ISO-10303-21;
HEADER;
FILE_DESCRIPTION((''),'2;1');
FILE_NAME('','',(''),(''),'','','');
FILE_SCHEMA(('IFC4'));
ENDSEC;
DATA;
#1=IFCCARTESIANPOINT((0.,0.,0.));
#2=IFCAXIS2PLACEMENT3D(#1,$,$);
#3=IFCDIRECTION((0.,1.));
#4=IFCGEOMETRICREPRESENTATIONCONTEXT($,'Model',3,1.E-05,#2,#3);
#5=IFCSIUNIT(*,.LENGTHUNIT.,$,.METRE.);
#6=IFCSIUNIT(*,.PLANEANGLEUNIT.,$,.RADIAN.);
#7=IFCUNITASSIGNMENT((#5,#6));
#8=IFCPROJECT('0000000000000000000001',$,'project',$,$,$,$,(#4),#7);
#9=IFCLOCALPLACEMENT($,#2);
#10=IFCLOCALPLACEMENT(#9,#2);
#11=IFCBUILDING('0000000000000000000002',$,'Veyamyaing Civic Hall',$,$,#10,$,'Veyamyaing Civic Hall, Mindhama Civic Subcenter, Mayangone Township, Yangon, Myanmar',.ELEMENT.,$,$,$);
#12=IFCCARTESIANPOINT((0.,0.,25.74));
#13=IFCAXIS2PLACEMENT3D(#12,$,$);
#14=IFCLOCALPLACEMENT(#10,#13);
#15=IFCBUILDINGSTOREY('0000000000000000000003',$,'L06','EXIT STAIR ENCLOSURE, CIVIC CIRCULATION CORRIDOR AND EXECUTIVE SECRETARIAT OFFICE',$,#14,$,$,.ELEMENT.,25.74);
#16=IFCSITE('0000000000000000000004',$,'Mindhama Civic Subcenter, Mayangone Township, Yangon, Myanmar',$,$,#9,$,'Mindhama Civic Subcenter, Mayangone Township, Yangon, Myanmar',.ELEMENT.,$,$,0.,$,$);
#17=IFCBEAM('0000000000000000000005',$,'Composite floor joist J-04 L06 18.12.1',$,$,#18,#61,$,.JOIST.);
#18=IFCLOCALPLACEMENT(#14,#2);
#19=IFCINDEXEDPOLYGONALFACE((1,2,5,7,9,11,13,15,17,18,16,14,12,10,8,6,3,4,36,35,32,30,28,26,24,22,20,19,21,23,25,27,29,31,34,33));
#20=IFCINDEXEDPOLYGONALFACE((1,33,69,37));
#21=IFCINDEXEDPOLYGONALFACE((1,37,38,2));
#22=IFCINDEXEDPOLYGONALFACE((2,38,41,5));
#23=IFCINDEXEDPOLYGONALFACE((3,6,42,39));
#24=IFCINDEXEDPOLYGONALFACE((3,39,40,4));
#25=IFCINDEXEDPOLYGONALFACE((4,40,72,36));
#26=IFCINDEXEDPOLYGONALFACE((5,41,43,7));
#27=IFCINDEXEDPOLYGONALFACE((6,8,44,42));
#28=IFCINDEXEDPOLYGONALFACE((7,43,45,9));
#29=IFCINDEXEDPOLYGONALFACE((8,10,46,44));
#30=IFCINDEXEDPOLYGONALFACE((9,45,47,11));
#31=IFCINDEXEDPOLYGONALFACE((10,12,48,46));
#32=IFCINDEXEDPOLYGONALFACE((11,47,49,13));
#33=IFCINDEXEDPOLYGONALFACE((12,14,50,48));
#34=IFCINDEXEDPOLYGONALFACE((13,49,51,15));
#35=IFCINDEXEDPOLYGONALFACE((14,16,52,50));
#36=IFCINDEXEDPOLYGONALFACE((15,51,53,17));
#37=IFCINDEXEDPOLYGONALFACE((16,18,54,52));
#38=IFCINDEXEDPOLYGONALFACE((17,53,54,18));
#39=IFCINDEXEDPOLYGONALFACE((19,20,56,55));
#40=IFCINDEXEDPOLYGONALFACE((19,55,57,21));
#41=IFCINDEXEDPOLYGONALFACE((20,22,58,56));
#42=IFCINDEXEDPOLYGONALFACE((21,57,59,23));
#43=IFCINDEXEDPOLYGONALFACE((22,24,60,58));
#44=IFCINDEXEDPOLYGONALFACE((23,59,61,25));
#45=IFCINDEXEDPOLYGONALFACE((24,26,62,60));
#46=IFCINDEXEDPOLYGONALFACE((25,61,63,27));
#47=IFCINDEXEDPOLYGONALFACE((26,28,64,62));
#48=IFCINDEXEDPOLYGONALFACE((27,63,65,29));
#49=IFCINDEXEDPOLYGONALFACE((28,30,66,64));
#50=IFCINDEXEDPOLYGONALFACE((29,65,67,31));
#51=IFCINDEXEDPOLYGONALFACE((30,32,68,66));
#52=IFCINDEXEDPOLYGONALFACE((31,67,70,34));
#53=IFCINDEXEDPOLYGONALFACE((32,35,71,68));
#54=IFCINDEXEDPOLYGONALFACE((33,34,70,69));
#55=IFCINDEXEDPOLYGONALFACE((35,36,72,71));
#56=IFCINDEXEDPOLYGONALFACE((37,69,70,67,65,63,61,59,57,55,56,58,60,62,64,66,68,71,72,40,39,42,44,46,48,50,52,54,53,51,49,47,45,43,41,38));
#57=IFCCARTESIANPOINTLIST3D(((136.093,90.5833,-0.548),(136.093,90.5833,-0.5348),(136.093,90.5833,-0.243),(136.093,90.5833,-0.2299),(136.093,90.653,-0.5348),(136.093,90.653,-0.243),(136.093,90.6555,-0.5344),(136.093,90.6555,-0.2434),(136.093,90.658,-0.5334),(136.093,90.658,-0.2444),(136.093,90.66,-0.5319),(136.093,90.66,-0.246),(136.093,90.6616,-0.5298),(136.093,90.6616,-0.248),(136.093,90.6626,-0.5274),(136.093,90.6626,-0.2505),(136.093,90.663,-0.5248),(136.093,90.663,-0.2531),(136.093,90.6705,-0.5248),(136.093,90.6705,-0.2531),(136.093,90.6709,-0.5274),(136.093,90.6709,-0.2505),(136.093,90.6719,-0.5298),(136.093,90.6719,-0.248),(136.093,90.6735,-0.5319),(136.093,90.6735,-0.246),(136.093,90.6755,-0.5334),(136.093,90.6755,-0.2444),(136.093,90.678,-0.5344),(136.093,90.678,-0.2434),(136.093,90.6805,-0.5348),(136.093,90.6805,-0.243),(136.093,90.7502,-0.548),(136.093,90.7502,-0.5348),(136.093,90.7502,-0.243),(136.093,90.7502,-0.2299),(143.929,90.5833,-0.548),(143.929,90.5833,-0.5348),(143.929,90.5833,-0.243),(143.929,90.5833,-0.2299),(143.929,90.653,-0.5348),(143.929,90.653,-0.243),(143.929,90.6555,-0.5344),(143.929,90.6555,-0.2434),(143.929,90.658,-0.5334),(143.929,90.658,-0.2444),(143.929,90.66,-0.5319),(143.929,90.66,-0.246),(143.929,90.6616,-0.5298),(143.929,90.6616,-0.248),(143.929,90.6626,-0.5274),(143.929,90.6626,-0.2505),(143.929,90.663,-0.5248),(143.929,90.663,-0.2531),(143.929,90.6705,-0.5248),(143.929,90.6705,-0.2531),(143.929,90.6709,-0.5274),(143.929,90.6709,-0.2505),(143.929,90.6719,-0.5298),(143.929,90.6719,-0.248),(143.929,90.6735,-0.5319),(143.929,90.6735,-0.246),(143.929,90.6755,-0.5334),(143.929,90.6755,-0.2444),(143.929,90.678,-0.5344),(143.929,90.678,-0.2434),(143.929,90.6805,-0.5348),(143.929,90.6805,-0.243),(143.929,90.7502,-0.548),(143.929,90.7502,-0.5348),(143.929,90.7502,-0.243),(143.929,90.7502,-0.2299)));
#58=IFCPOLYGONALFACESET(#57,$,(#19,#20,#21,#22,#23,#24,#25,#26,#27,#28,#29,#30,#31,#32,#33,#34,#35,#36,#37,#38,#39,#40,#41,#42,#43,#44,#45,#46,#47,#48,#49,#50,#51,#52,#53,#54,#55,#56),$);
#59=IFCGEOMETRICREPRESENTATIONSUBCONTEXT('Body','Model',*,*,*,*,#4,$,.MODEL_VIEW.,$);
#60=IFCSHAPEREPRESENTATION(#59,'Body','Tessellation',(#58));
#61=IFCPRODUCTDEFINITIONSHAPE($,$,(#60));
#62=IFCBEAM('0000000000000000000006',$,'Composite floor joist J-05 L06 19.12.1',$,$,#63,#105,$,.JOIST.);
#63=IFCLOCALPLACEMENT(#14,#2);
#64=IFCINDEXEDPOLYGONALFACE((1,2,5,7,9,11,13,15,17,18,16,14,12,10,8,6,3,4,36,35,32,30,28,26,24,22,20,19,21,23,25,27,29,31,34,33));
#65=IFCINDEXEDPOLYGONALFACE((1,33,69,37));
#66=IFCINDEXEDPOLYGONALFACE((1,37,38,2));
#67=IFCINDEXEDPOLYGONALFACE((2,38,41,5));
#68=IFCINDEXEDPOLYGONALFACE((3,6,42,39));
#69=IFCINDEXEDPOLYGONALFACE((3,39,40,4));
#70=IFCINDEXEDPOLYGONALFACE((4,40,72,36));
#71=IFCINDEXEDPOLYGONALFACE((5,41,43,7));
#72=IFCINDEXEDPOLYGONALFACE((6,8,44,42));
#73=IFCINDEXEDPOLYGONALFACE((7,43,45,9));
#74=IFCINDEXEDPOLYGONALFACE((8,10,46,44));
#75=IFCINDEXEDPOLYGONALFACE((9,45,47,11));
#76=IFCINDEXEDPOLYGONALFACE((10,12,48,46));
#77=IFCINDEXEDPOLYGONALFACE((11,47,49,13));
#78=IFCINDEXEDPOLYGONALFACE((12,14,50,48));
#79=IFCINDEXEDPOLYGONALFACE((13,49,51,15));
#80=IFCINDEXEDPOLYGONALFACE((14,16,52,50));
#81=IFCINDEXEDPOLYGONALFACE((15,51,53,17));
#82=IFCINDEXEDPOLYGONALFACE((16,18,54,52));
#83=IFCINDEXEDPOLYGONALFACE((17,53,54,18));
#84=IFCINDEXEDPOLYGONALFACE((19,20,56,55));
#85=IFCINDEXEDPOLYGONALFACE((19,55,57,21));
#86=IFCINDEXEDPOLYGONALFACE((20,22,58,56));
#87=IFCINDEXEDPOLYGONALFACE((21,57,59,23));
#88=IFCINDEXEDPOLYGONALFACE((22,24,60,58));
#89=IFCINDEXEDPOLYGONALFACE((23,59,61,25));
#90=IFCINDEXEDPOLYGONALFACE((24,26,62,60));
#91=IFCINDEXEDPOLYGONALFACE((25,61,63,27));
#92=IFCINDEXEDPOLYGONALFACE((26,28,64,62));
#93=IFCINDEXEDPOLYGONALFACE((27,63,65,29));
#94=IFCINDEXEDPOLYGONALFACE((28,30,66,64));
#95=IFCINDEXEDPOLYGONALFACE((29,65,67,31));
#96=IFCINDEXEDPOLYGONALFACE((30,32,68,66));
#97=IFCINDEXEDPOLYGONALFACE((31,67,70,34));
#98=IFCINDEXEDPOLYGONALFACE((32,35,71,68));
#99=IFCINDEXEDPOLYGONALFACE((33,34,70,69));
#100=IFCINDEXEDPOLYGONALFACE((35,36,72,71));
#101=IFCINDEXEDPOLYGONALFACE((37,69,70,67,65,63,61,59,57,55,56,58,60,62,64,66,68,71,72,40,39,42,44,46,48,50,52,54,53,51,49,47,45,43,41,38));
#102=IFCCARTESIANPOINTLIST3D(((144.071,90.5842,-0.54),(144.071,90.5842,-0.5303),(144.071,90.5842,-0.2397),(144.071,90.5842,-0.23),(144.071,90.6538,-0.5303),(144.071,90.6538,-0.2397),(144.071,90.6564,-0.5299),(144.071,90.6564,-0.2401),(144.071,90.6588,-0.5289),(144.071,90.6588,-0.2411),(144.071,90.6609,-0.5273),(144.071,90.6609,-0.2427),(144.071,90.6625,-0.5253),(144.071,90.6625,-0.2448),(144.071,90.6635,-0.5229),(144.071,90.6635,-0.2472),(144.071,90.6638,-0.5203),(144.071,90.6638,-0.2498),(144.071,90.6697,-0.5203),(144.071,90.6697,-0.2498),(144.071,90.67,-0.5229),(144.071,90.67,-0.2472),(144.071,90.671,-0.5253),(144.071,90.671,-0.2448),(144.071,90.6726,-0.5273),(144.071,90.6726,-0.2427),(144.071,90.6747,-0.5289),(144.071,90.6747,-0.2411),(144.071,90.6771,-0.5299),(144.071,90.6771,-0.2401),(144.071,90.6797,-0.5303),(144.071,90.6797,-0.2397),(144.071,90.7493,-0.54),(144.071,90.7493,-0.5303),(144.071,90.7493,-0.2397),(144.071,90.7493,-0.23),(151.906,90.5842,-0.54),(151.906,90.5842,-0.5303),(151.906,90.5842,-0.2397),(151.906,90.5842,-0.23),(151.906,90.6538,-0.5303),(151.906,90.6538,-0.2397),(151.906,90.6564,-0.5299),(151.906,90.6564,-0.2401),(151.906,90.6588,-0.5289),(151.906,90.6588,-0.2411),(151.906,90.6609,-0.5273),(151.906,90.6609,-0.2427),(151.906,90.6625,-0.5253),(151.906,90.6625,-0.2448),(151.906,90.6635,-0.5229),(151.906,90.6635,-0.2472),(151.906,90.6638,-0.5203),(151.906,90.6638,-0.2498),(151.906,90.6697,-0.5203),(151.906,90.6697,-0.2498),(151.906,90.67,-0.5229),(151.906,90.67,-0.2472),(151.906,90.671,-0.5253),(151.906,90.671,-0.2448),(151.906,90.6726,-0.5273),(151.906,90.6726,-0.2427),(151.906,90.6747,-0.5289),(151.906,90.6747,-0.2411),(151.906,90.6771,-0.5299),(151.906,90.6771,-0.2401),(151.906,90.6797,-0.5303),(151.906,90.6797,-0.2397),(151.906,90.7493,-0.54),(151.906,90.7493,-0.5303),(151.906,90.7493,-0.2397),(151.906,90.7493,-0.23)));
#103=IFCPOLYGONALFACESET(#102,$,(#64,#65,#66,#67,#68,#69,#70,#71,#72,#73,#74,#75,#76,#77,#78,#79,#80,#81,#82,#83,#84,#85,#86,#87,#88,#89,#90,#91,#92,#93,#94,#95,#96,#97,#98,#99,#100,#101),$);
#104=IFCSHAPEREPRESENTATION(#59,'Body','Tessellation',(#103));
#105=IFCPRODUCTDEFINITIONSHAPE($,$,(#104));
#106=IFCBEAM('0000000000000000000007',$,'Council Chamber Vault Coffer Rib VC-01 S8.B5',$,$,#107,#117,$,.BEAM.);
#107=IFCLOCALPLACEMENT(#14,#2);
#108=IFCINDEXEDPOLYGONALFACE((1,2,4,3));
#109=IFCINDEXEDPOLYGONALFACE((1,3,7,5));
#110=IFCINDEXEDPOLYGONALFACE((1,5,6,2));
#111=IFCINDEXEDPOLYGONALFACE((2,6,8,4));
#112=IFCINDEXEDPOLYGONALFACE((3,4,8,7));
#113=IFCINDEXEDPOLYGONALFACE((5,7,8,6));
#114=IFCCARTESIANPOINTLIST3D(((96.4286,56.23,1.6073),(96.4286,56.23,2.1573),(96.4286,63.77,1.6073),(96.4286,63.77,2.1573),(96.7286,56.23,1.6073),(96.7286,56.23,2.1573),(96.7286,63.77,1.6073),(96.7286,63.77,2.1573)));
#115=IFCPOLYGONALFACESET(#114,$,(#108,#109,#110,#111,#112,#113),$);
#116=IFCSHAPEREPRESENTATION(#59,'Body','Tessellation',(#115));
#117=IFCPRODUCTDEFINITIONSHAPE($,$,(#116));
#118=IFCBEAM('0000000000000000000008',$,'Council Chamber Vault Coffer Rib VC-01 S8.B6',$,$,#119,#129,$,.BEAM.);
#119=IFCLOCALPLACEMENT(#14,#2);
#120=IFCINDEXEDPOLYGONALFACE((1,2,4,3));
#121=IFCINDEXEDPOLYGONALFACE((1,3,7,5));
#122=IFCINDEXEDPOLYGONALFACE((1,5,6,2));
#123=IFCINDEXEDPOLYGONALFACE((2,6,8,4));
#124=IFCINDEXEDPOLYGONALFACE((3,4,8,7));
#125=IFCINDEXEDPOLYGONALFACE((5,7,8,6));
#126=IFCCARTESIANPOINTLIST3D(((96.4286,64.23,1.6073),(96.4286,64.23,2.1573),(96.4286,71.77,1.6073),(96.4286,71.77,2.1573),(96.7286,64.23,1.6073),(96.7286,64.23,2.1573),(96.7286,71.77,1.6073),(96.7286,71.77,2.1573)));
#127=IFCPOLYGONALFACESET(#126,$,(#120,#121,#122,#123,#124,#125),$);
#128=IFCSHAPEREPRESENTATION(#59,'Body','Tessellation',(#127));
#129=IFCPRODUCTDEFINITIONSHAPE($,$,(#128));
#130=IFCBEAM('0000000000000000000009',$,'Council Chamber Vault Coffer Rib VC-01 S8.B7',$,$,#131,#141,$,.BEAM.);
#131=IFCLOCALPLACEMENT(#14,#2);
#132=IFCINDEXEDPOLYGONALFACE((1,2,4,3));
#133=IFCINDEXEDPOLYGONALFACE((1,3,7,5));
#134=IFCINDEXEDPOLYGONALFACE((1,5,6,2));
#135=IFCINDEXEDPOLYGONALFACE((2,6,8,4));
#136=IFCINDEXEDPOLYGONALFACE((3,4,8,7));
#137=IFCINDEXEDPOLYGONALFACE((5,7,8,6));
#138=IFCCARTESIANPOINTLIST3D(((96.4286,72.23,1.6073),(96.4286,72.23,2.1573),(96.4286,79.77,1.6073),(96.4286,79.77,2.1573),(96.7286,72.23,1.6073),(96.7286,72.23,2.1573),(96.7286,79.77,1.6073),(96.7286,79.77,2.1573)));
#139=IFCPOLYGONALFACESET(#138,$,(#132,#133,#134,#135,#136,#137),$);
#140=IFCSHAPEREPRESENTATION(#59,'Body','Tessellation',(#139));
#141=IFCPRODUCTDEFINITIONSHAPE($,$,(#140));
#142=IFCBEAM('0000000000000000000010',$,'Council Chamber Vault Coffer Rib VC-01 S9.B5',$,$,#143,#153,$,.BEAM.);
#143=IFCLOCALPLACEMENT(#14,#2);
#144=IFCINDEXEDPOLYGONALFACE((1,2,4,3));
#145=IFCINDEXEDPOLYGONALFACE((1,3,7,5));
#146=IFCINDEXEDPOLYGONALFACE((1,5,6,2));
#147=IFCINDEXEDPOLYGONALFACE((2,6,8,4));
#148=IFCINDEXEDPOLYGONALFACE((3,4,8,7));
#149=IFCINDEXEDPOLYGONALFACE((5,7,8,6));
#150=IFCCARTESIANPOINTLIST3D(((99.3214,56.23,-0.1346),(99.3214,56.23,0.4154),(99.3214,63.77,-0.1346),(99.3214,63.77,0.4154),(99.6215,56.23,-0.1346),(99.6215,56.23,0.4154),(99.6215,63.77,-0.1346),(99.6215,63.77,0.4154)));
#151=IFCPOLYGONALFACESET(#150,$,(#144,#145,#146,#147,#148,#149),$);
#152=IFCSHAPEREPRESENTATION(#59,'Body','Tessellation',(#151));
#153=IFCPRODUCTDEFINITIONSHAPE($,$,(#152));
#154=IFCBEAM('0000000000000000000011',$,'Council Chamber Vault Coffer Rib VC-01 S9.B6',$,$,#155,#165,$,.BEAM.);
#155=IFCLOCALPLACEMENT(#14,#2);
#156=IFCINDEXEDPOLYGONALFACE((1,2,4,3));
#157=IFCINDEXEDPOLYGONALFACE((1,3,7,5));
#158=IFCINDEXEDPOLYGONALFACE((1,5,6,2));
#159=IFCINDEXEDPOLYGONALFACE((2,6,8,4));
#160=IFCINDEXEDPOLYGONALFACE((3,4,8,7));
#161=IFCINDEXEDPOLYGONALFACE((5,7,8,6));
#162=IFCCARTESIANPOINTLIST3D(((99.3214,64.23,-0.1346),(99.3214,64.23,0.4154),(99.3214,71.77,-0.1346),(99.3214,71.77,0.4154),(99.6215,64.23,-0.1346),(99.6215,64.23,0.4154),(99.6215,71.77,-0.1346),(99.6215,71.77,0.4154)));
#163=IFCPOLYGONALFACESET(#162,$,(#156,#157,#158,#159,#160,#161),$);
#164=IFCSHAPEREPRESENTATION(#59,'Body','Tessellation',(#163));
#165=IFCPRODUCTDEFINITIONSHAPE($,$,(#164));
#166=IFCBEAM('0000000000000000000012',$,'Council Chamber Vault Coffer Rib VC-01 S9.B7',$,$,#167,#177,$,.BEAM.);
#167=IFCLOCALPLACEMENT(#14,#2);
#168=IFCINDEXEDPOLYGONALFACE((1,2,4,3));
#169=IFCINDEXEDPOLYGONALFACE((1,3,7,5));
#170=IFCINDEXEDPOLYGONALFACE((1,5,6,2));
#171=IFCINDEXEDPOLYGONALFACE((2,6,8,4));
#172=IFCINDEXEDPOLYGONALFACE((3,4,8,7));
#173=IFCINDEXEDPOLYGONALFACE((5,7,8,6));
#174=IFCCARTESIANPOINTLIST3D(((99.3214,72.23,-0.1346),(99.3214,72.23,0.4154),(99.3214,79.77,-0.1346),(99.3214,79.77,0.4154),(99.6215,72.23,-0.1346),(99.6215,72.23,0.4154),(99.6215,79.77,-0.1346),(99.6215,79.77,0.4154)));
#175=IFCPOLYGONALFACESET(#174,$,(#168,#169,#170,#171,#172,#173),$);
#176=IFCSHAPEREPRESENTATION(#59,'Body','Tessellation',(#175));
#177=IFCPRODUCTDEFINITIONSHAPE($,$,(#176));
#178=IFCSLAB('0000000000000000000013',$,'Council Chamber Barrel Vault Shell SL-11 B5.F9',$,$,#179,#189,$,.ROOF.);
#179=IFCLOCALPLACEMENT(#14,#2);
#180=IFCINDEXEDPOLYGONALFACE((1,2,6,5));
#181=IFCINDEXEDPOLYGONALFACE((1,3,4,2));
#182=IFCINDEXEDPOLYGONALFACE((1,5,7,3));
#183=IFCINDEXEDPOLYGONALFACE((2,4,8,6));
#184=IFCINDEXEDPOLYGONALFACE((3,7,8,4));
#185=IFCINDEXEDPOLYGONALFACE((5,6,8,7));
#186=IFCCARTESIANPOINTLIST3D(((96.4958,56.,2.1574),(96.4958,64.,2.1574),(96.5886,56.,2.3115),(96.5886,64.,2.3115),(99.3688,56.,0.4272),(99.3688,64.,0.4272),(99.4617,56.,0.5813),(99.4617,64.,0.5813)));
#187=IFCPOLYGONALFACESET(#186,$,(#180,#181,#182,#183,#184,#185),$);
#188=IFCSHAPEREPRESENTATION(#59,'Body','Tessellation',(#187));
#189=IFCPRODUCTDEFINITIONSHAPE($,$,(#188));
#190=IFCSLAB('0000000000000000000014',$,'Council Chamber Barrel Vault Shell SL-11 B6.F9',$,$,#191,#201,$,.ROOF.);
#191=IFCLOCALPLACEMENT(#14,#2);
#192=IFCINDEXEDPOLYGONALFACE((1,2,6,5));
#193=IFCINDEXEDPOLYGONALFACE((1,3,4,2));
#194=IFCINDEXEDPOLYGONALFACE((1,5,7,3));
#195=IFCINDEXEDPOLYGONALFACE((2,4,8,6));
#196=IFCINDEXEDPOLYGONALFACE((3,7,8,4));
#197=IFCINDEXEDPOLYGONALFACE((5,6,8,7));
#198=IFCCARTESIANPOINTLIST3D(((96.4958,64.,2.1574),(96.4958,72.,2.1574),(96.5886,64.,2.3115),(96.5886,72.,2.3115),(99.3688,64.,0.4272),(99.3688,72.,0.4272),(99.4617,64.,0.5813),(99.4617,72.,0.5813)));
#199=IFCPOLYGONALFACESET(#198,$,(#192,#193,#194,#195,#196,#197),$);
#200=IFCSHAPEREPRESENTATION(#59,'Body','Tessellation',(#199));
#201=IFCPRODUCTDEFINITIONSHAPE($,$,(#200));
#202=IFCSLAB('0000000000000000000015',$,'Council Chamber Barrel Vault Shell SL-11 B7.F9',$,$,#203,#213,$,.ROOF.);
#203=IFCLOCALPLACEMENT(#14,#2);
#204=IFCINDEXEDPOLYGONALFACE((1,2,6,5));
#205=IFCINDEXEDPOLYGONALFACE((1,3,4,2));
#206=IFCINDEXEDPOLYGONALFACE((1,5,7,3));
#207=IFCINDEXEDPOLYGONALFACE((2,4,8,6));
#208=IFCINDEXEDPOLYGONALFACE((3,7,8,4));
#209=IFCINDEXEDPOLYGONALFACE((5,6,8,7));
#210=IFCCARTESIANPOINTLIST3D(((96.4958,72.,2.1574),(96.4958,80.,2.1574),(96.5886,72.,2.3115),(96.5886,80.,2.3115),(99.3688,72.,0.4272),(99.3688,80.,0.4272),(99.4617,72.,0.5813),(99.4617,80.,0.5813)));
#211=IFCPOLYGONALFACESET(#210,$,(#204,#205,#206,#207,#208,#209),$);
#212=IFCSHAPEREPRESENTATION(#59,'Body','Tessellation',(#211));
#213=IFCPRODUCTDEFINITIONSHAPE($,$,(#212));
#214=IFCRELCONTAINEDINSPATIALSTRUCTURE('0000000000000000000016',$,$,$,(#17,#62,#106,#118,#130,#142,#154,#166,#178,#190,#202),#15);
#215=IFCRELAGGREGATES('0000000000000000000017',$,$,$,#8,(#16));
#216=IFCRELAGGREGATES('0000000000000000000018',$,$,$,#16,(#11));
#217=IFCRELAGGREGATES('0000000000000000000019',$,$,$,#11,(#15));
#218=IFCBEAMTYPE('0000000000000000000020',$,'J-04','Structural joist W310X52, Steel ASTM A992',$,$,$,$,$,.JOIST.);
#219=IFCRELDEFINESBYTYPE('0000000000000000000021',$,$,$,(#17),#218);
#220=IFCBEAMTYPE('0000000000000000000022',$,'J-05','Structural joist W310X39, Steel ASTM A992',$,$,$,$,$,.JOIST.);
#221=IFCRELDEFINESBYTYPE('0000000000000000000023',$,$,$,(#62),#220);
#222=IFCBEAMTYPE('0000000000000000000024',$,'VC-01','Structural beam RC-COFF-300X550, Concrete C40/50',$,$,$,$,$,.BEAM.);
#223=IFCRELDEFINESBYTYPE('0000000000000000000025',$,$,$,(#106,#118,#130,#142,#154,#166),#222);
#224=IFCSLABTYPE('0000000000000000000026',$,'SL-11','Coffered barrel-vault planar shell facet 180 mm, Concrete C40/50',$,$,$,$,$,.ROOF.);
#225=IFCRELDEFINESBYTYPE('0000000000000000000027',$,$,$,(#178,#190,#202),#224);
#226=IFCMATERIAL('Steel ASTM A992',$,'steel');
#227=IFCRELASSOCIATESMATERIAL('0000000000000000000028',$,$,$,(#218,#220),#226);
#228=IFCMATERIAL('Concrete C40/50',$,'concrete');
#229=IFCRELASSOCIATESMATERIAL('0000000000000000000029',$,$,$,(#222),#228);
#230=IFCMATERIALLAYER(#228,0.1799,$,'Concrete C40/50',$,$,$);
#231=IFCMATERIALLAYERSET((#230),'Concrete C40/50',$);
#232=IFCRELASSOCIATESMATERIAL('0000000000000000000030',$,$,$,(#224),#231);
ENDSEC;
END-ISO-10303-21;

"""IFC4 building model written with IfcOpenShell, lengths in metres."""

from ifc_helpers import new_model, si_unit, direction, frame, origin, origin_2d, place, context, subcontext, project, spatial, polyline, rectangle, i_section, outline, extrude, material, layer, layer_set, material_profile, profile_set, type_object, element, save


model = new_model("IFC4")

# Units and contexts
model_context = context("Model", 3, precision=1e-05, world=origin(), true_north=direction((0.0, 1.0)))
body_context = subcontext(model_context, "Body", "Model", "MODEL_VIEW")
ifc_project = project(units=[si_unit("LENGTHUNIT", "METRE"), si_unit("PLANEANGLEUNIT", "RADIAN")], contexts=[model_context])

# Site, building, storey
site_placement = place(None, origin())
site = spatial("IfcSite", under=ifc_project, at=site_placement, Name="Mindhama Civic Subcenter, Mayangone Township, Yangon, Myanmar", LongName="Mindhama Civic Subcenter, Mayangone Township, Yangon, Myanmar", CompositionType="ELEMENT", RefElevation=0.0)
building_placement = place(site_placement, origin())
building = spatial("IfcBuilding", under=site, at=building_placement, Name="Veyamyaing Civic Hall", LongName="Veyamyaing Civic Hall, Mindhama Civic Subcenter, Mayangone Township, Yangon, Myanmar", CompositionType="ELEMENT")
storey_placement = place(building_placement, frame((0.0, 0.0, 25.74)))
storey = spatial("IfcBuildingStorey", under=building, at=storey_placement, Name="L06", Description="EXIT STAIR ENCLOSURE, CIVIC CIRCULATION CORRIDOR AND EXECUTIVE SECRETARIAT OFFICE", CompositionType="ELEMENT", Elevation=25.74)

# Beams
ifc_material_1 = material(Name="Steel ASTM A992", Category="steel")
ifc_material_profile_1 = material_profile(ifc_material_1, i_section(OverallWidth=0.167, OverallDepth=0.3181, WebThickness=0.0076, FlangeThickness=0.0132, FilletRadius=0.01, at=origin_2d()), Name="W310X52")
ifc_profile_set_1 = profile_set([ifc_material_profile_1], Name="Steel ASTM A992")
beam_type_1 = type_object("IfcBeamType", Name="J-04", Description="Structural joist W310X52, Steel ASTM A992", PredefinedType="JOIST", material=ifc_profile_set_1)
beam_1_placement = place(storey_placement, frame((136.093, 90.6667, -0.3889), z_axis=(1.0, 0.0, 0.0), x_axis=(0.0, 1.0, 0.0)))
element("IfcBeam", 1, at=beam_1_placement, inside=storey, type_object=beam_type_1, Name="Composite floor joist J-04 L06 18.12.1", PredefinedType="JOIST", context=body_context, shape_type="SweptSolid", body=[
    extrude(i_section(OverallWidth=0.167, OverallDepth=0.3181, WebThickness=0.0076, FlangeThickness=0.0132, FilletRadius=0.01, at=origin_2d()), origin(), (0.0, 0.0, 1.0), 7.8359),
])
ifc_material_profile_2 = material_profile(ifc_material_1, i_section(OverallWidth=0.165, OverallDepth=0.3101, WebThickness=0.0059, FlangeThickness=0.0098, FilletRadius=0.01, at=origin_2d()), Name="W310X39")
ifc_profile_set_2 = profile_set([ifc_material_profile_2], Name="Steel ASTM A992")
beam_type_2 = type_object("IfcBeamType", Name="J-05", Description="Structural joist W310X39, Steel ASTM A992", PredefinedType="JOIST", material=ifc_profile_set_2)
beam_2_placement = place(storey_placement, frame((144.071, 90.6667, -0.385), z_axis=(1.0, 0.0, 0.0), x_axis=(0.0, 1.0, 0.0)))
element("IfcBeam", 2, at=beam_2_placement, inside=storey, type_object=beam_type_2, Name="Composite floor joist J-05 L06 19.12.1", PredefinedType="JOIST", context=body_context, shape_type="SweptSolid", body=[
    extrude(i_section(OverallWidth=0.165, OverallDepth=0.3101, WebThickness=0.0059, FlangeThickness=0.0098, FilletRadius=0.01, at=origin_2d()), origin(), (0.0, 0.0, 1.0), 7.835),
])
ifc_material_2 = material(Name="Concrete C40/50", Category="concrete")
ifc_material_profile_3 = material_profile(ifc_material_2, rectangle(XDim=0.3, YDim=0.55, at=origin_2d()), Name="RC-COFF-300X550")
ifc_profile_set_3 = profile_set([ifc_material_profile_3], Name="Concrete C40/50")
beam_type_3 = type_object("IfcBeamType", Name="VC-01", Description="Structural beam RC-COFF-300X550, Concrete C40/50", PredefinedType="BEAM", material=ifc_profile_set_3)
for number, where, z_axis, x_axis, name in (
    (3, (96.5786, 56.23, 1.8823), (0.0, 1.0, 0.0), (-1.0, 0.0, 0.0), "Council Chamber Vault Coffer Rib VC-01 S8.B5"),
    (4, (96.5786, 64.23, 1.8823), (0.0, 1.0, 0.0), (-1.0, 0.0, 0.0), "Council Chamber Vault Coffer Rib VC-01 S8.B6"),
    (5, (96.5786, 72.23, 1.8823), (0.0, 1.0, 0.0), (-1.0, 0.0, 0.0), "Council Chamber Vault Coffer Rib VC-01 S8.B7"),
    (6, (99.4714, 56.23, 0.1404), (0.0, 1.0, 0.0), (-1.0, 0.0, 0.0), "Council Chamber Vault Coffer Rib VC-01 S9.B5"),
    (7, (99.4714, 64.23, 0.1404), (0.0, 1.0, 0.0), (-1.0, 0.0, 0.0), "Council Chamber Vault Coffer Rib VC-01 S9.B6"),
    (8, (99.4714, 72.23, 0.1404), (0.0, 1.0, 0.0), (-1.0, 0.0, 0.0), "Council Chamber Vault Coffer Rib VC-01 S9.B7"),
):
    element("IfcBeam", number, at=place(storey_placement, frame(where, z_axis=z_axis, x_axis=x_axis)), inside=storey, type_object=beam_type_3, Name=name, PredefinedType="BEAM", context=body_context, shape_type="SweptSolid", body=[
        extrude(rectangle(XDim=0.3, YDim=0.55, at=origin_2d()), origin(), (0.0, 0.0, 1.0), 7.54),
    ])

# Slabs
ifc_layer_1 = layer(ifc_material_2, 0.1799, Name="Concrete C40/50")
ifc_layer_set_1 = layer_set([ifc_layer_1], Name="Concrete C40/50")
slab_type = type_object("IfcSlabType", Name="SL-11", Description="Coffered barrel-vault planar shell facet 180 mm, Concrete C40/50", PredefinedType="ROOF", material=ifc_layer_set_1)
for number, where, z_axis, x_axis, name in (
    (9, (96.5886, 56.0, 2.3115), (0.515897, 0.0, 0.85665), (0.85665, 0.0, -0.515897), "Council Chamber Barrel Vault Shell SL-11 B5.F9"),
    (10, (96.5886, 64.0, 2.3115), (0.515897, 0.0, 0.85665), (0.85665, 0.0, -0.515897), "Council Chamber Barrel Vault Shell SL-11 B6.F9"),
    (11, (96.5886, 72.0, 2.3115), (0.515897, 0.0, 0.85665), (0.85665, 0.0, -0.515897), "Council Chamber Barrel Vault Shell SL-11 B7.F9"),
):
    element("IfcSlab", number, at=place(storey_placement, frame(where, z_axis=z_axis, x_axis=x_axis)), inside=storey, type_object=slab_type, Name=name, PredefinedType="ROOF", context=body_context, shape_type="SweptSolid", body=[
        extrude(outline(polyline([(0.0, 0.0), (3.3538, 0.0), (3.3538, 8.0), (0.0, 8.0), (0.0, 0.0)])), origin(), (0.0, 0.0, -1.0), 0.1799),
    ])

save(model, "model.ifc")
